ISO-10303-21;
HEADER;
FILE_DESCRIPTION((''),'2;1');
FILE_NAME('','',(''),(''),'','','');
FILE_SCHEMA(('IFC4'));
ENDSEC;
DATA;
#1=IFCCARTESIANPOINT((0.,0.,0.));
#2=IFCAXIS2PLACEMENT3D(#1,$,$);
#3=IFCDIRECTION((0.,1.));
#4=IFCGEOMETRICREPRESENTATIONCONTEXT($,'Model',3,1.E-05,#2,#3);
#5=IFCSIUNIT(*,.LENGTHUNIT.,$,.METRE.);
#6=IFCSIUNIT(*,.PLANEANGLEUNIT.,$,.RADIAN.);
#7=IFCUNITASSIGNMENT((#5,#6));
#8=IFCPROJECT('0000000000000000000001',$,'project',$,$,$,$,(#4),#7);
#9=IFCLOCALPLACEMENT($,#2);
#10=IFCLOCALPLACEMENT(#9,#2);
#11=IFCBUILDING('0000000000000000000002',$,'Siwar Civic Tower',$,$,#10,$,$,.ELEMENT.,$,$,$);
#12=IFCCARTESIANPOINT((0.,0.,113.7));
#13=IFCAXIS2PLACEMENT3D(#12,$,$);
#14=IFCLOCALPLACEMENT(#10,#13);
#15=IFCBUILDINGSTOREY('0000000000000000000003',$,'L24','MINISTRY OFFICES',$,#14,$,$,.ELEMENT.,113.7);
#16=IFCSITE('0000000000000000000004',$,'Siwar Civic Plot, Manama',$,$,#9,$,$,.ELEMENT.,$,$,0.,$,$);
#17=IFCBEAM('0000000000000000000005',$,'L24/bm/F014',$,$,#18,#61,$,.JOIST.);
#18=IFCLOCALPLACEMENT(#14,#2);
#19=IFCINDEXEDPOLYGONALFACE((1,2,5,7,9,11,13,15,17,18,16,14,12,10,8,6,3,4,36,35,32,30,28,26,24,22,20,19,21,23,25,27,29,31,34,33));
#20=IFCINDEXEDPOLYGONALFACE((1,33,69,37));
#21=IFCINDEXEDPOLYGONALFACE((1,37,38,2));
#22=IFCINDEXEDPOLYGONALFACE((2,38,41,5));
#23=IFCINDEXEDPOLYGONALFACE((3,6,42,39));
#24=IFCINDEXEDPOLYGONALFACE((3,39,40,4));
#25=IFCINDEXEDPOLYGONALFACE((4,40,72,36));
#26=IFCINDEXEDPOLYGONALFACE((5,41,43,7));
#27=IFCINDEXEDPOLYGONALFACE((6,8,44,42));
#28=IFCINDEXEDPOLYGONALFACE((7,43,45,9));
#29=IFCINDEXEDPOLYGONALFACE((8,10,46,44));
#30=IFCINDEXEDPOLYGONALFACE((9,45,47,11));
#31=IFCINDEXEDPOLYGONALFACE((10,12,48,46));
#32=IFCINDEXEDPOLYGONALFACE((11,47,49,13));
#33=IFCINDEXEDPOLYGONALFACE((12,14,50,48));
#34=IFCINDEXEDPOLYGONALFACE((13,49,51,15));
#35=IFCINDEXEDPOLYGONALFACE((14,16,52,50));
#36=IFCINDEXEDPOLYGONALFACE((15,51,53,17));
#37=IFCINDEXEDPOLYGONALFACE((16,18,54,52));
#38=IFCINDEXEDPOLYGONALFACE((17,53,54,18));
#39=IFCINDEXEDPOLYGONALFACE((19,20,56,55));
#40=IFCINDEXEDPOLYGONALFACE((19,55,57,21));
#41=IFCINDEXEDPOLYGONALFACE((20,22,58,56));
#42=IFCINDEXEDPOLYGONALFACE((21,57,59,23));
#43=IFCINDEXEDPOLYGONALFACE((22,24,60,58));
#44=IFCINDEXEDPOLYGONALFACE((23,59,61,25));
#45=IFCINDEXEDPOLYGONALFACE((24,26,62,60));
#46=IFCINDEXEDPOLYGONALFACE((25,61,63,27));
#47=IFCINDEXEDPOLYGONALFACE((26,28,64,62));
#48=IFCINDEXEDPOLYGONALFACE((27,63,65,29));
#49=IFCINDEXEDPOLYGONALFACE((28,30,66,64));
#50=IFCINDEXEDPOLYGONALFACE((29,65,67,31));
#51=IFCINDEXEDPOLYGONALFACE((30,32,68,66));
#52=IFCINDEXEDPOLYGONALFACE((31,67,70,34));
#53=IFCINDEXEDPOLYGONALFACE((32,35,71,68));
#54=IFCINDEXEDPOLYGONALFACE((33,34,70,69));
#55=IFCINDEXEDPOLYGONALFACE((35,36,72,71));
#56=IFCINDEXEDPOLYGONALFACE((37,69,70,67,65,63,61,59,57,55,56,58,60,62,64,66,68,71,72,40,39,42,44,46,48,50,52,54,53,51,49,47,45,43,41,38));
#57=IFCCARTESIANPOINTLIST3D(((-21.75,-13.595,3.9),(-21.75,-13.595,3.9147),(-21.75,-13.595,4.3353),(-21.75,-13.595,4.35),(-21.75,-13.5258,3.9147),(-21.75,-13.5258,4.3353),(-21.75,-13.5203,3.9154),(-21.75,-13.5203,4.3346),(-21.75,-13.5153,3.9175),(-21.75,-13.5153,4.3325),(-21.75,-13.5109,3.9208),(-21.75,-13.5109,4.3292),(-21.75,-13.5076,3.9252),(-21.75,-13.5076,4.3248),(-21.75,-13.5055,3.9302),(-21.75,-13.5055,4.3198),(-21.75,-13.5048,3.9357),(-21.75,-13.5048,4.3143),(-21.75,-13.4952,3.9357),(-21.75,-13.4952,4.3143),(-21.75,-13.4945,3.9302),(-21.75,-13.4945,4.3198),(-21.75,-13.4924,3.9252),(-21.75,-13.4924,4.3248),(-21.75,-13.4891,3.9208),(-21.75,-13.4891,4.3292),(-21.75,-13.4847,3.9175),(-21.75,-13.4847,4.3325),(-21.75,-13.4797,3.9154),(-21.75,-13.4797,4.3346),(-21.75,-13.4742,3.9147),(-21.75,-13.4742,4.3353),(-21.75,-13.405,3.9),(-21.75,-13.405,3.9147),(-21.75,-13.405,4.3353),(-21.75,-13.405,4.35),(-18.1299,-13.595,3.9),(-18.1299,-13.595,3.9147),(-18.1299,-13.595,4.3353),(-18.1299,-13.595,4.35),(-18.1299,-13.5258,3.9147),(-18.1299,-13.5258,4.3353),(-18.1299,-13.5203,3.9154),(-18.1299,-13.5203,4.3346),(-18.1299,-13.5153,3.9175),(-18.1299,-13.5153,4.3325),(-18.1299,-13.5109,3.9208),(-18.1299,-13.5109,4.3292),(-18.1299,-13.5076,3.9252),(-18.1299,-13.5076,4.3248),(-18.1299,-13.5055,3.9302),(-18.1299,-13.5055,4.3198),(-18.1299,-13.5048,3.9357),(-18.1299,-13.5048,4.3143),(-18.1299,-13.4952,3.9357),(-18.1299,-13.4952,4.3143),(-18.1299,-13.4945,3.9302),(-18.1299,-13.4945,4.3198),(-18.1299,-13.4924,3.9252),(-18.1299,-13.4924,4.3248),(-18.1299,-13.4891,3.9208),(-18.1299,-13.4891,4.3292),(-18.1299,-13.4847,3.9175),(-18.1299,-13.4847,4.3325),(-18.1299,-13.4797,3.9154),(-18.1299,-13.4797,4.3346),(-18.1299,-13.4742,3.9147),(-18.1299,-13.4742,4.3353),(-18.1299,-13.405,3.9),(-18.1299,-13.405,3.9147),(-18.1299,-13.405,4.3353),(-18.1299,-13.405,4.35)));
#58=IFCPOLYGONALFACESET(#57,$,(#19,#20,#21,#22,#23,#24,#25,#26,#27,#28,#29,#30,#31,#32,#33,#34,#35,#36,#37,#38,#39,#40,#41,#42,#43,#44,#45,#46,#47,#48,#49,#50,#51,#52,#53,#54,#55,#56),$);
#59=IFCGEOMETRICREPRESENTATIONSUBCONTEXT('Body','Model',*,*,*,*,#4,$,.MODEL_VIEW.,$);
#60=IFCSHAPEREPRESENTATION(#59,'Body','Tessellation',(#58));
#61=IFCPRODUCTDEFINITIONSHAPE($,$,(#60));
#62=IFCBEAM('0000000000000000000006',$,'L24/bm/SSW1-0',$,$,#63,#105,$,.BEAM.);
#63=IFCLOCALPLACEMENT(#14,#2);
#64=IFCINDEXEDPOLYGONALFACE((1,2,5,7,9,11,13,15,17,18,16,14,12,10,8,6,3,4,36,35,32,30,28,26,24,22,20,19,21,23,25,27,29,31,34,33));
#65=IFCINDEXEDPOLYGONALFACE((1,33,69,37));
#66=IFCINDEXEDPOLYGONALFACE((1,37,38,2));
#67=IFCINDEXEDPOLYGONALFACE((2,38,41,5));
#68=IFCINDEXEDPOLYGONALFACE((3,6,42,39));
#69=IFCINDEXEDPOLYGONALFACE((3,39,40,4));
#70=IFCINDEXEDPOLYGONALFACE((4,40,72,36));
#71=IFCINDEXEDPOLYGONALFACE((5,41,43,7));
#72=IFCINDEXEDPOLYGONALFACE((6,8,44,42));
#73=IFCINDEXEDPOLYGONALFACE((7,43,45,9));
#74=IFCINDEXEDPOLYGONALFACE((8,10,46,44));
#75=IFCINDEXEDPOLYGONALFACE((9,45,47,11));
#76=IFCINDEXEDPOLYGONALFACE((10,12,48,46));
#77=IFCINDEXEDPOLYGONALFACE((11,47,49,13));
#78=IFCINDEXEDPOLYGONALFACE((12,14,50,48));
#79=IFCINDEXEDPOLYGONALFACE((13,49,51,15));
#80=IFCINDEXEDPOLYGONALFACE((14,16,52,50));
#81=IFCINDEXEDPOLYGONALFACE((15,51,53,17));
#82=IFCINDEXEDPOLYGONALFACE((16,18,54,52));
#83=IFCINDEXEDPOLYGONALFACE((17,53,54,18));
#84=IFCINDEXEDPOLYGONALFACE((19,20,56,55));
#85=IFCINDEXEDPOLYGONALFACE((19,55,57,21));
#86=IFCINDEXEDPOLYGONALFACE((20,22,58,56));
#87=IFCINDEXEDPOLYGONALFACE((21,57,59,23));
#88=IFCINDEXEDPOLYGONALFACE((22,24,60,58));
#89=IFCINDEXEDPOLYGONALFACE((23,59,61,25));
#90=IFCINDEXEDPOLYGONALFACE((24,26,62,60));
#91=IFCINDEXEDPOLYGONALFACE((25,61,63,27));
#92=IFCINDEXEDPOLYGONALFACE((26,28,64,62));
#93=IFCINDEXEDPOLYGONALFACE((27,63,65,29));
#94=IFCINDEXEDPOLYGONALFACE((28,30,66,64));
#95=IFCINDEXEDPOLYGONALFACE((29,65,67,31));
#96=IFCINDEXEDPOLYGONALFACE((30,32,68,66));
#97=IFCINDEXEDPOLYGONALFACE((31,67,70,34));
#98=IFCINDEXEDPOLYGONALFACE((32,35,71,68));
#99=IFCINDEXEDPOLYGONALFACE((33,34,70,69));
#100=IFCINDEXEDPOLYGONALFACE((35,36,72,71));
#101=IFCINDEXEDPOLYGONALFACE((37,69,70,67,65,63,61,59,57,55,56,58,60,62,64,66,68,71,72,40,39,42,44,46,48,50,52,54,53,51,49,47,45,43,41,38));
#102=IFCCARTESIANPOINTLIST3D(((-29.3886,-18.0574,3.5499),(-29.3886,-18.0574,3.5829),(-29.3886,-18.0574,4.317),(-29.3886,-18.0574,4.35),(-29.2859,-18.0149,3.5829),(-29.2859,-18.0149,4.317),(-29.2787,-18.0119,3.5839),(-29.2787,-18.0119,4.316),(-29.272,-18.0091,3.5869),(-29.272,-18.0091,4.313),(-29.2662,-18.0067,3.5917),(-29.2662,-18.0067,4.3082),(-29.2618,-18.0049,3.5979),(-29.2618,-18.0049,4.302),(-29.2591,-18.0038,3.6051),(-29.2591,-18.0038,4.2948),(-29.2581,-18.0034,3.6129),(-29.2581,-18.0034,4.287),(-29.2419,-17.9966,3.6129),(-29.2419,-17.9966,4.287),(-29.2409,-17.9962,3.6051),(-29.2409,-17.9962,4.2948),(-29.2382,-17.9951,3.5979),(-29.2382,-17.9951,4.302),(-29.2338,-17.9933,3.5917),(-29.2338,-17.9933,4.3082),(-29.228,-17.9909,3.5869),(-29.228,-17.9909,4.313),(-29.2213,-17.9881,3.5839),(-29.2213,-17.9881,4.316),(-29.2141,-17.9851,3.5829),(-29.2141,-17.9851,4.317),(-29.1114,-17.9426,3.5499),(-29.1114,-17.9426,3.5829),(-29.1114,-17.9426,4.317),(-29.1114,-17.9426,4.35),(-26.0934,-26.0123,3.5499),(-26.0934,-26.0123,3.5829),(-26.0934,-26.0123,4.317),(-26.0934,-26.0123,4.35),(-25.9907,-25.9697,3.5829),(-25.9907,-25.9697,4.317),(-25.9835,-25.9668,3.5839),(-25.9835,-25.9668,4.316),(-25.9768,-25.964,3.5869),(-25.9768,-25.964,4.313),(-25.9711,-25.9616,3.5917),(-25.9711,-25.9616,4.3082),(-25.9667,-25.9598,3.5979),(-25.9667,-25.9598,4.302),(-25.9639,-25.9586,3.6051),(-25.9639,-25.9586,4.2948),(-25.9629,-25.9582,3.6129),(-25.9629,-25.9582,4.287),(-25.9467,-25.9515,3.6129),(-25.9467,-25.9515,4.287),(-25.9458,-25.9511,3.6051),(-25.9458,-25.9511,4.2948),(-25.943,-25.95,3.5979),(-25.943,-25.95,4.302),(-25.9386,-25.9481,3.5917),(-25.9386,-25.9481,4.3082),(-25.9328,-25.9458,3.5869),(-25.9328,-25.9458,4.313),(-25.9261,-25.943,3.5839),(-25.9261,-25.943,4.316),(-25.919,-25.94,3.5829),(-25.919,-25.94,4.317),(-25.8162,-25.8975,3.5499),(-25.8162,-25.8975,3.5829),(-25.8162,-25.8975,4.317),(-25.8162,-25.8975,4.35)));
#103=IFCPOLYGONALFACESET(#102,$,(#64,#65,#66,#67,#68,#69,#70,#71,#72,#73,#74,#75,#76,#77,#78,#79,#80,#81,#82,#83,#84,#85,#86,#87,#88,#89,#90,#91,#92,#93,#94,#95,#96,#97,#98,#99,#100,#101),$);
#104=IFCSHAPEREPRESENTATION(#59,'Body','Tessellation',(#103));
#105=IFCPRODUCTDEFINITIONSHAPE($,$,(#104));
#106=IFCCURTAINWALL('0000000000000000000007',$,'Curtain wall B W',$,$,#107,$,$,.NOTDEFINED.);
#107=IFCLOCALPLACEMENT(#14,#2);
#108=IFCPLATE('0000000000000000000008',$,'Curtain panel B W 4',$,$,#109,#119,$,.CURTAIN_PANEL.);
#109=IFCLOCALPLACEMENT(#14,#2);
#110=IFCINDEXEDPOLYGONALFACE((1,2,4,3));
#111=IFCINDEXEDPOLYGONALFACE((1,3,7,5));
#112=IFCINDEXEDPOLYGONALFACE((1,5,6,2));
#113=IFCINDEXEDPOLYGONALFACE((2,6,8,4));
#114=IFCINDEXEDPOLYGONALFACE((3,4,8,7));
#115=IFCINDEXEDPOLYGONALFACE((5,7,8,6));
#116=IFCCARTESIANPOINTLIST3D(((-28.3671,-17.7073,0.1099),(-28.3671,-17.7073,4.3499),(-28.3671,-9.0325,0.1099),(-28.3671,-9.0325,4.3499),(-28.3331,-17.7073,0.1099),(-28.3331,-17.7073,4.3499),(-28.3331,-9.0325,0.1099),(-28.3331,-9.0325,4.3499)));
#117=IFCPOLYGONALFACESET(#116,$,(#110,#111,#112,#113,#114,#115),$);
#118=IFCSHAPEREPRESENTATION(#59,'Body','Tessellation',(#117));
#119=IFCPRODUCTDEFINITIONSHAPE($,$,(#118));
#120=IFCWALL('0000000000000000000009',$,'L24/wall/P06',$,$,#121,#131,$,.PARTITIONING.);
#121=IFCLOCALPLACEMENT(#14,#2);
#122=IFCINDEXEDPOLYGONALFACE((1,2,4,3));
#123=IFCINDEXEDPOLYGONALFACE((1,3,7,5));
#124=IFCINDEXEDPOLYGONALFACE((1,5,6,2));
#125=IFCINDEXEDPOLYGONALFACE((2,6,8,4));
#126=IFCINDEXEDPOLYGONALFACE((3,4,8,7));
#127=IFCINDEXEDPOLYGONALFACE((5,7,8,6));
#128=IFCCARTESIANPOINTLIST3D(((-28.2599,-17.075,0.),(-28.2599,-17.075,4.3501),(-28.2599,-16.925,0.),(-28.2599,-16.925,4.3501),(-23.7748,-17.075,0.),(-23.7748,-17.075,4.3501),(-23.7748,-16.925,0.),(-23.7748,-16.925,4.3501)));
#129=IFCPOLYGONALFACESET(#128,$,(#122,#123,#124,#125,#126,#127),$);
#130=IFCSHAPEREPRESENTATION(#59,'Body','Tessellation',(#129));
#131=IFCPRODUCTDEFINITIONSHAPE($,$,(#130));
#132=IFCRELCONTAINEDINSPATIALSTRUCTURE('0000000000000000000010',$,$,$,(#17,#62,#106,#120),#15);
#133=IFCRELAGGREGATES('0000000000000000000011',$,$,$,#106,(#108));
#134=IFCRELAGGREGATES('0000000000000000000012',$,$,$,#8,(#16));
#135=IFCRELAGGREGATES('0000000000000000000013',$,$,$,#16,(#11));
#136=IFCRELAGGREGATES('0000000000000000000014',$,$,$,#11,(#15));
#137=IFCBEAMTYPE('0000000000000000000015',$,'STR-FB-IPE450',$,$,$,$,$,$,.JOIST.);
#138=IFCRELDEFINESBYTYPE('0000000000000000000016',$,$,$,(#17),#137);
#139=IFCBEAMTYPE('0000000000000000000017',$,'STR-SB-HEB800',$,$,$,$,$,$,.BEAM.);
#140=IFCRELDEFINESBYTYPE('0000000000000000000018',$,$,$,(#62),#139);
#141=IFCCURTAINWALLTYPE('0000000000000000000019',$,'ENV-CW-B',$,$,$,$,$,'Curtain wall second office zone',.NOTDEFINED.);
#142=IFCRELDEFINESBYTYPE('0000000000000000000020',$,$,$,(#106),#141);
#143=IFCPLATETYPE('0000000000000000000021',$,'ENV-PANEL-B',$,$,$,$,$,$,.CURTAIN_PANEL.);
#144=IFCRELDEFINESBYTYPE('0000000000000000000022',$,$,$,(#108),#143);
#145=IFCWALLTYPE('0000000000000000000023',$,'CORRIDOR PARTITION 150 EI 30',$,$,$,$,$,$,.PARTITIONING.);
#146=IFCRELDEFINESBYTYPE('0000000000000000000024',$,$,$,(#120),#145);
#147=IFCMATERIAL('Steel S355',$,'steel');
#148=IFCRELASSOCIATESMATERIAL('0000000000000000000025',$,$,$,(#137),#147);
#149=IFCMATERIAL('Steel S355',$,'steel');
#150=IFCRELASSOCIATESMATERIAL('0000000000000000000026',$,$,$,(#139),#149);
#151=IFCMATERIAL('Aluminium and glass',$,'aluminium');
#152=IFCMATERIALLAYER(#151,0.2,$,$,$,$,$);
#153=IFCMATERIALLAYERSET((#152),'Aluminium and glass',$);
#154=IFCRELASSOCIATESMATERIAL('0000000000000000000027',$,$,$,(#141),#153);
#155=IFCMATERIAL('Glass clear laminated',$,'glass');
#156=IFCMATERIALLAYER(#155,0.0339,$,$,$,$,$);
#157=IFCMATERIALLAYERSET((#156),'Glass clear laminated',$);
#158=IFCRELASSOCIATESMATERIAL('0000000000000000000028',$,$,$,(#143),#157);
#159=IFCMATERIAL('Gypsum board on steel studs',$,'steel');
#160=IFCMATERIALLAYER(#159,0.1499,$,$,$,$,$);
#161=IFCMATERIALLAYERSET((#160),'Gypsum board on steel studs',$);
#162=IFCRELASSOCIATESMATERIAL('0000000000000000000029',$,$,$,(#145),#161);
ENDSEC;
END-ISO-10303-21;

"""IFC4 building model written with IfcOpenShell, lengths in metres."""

from ifc_helpers import new_model, si_unit, direction, frame, frame_2d, origin, origin_2d, place, context, subcontext, project, spatial, rectangle, i_section, extrude, material, layer, layer_set, material_profile, profile_set, type_object, element, aggregate, save


model = new_model("IFC4")

# Units and contexts
model_context = context("Model", 3, precision=1e-05, world=origin(), true_north=direction((0.0, 1.0)))
body_context = subcontext(model_context, "Body", "Model", "MODEL_VIEW")
ifc_project = project(units=[si_unit("LENGTHUNIT", "METRE"), si_unit("PLANEANGLEUNIT", "RADIAN")], contexts=[model_context])

# Site, building, storey
site_placement = place(None, origin())
site = spatial("IfcSite", under=ifc_project, at=site_placement, Name="Siwar Civic Plot, Manama", CompositionType="ELEMENT", RefElevation=0.0)
building_placement = place(site_placement, origin())
building = spatial("IfcBuilding", under=site, at=building_placement, Name="Siwar Civic Tower", CompositionType="ELEMENT")
storey_placement = place(building_placement, frame((0.0, 0.0, 113.7)))
storey = spatial("IfcBuildingStorey", under=building, at=storey_placement, Name="L24", Description="MINISTRY OFFICES", CompositionType="ELEMENT", Elevation=113.7)

# Beams
ifc_material_1 = material(Name="Steel S355", Category="steel")
ifc_material_profile_1 = material_profile(ifc_material_1, i_section(OverallWidth=0.1899, OverallDepth=0.45, WebThickness=0.0095, FlangeThickness=0.0146, FilletRadius=0.021, at=origin_2d()), Name="IPE450")
ifc_profile_set_1 = profile_set([ifc_material_profile_1], Name="Steel S355")
beam_type_1 = type_object("IfcBeamType", Name="STR-FB-IPE450", PredefinedType="JOIST", material=ifc_profile_set_1)
beam_1_placement = place(storey_placement, frame((-21.75, -13.5, 4.125), z_axis=(1.0, 0.0, 0.0), x_axis=(0.0, 1.0, 0.0)))
element("IfcBeam", 1, at=beam_1_placement, inside=storey, type_object=beam_type_1, Name="L24/bm/F014", PredefinedType="JOIST", context=body_context, shape_type="SweptSolid", body=[
    extrude(i_section(OverallWidth=0.1899, OverallDepth=0.45, WebThickness=0.0095, FlangeThickness=0.0146, FilletRadius=0.021, at=origin_2d()), origin(), (0.0, 0.0, 1.0), 3.6201),
])
ifc_material_2 = material(Name="Steel S355", Category="steel")
ifc_material_profile_2 = material_profile(ifc_material_2, i_section(OverallWidth=0.3, OverallDepth=0.8, WebThickness=0.0176, FlangeThickness=0.033, FilletRadius=0.03, at=origin_2d()), Name="HEB800")
ifc_profile_set_2 = profile_set([ifc_material_profile_2], Name="Steel S355")
beam_type_2 = type_object("IfcBeamType", Name="STR-SB-HEB800", PredefinedType="BEAM", material=ifc_profile_set_2)
beam_2_placement = place(storey_placement, frame((-29.25, -18.0, 3.95), z_axis=(0.3827, -0.923873, 0.0), x_axis=(0.923873, 0.3827, 0.0)))
element("IfcBeam", 2, at=beam_2_placement, inside=storey, type_object=beam_type_2, Name="L24/bm/SSW1-0", PredefinedType="BEAM", context=body_context, shape_type="SweptSolid", body=[
    extrude(i_section(OverallWidth=0.3, OverallDepth=0.8, WebThickness=0.0176, FlangeThickness=0.033, FilletRadius=0.03, at=origin_2d()), origin(), (0.0, 0.0, 1.0), 8.6104),
])

# Curtain wall, plate
ifc_material_3 = material(Name="Aluminium and glass", Category="aluminium")
ifc_layer_1 = layer(ifc_material_3, 0.2)
ifc_layer_set_1 = layer_set([ifc_layer_1], Name="Aluminium and glass")
curtain_wall_type_1 = type_object("IfcCurtainWallType", Name="ENV-CW-B", ElementType="Curtain wall second office zone", PredefinedType="NOTDEFINED", material=ifc_layer_set_1)
curtain_wall_1_placement = place(storey_placement, origin())
curtain_wall_1 = element("IfcCurtainWall", 3, at=curtain_wall_1_placement, inside=storey, type_object=curtain_wall_type_1, Name="Curtain wall B W", PredefinedType="NOTDEFINED")
ifc_material_4 = material(Name="Glass clear laminated", Category="glass")
ifc_layer_2 = layer(ifc_material_4, 0.0339)
ifc_layer_set_2 = layer_set([ifc_layer_2], Name="Glass clear laminated")
plate_type = type_object("IfcPlateType", Name="ENV-PANEL-B", PredefinedType="CURTAIN_PANEL", material=ifc_layer_set_2)
plate_placement = place(storey_placement, frame((-28.3501, -13.3699, 0.1099), z_axis=(0.0, 0.0, 1.0), x_axis=(0.0, -1.0, 0.0)))
plate = element("IfcPlate", 4, at=plate_placement, type_object=plate_type, Name="Curtain panel B W 4", PredefinedType="CURTAIN_PANEL", context=body_context, shape_type="SweptSolid", body=[
    extrude(rectangle(XDim=8.6748, YDim=0.0339, at=origin_2d()), origin(), (0.0, 0.0, 1.0), 4.24),
])
aggregate(curtain_wall_1, [plate])

# Wall
ifc_material_5 = material(Name="Gypsum board on steel studs", Category="steel")
ifc_layer_3 = layer(ifc_material_5, 0.1499)
ifc_layer_set_3 = layer_set([ifc_layer_3], Name="Gypsum board on steel studs")
wall_type = type_object("IfcWallType", Name="CORRIDOR PARTITION 150 EI 30", PredefinedType="PARTITIONING", material=ifc_layer_set_3)
wall_1_placement = place(storey_placement, frame((-28.26, -17.0, 0.0), z_axis=(0.0, 0.0, 1.0), x_axis=(1.0, 0.0, 0.0)))
element("IfcWall", 5, at=wall_1_placement, inside=storey, type_object=wall_type, Name="L24/wall/P06", PredefinedType="PARTITIONING", context=body_context, shape_type="SweptSolid", body=[
    extrude(rectangle(XDim=4.4851, YDim=0.1499, at=frame_2d((2.2427, 0.0))), origin(), (0.0, 0.0, 1.0), 4.3501),
])

save(model, "model.ifc")
